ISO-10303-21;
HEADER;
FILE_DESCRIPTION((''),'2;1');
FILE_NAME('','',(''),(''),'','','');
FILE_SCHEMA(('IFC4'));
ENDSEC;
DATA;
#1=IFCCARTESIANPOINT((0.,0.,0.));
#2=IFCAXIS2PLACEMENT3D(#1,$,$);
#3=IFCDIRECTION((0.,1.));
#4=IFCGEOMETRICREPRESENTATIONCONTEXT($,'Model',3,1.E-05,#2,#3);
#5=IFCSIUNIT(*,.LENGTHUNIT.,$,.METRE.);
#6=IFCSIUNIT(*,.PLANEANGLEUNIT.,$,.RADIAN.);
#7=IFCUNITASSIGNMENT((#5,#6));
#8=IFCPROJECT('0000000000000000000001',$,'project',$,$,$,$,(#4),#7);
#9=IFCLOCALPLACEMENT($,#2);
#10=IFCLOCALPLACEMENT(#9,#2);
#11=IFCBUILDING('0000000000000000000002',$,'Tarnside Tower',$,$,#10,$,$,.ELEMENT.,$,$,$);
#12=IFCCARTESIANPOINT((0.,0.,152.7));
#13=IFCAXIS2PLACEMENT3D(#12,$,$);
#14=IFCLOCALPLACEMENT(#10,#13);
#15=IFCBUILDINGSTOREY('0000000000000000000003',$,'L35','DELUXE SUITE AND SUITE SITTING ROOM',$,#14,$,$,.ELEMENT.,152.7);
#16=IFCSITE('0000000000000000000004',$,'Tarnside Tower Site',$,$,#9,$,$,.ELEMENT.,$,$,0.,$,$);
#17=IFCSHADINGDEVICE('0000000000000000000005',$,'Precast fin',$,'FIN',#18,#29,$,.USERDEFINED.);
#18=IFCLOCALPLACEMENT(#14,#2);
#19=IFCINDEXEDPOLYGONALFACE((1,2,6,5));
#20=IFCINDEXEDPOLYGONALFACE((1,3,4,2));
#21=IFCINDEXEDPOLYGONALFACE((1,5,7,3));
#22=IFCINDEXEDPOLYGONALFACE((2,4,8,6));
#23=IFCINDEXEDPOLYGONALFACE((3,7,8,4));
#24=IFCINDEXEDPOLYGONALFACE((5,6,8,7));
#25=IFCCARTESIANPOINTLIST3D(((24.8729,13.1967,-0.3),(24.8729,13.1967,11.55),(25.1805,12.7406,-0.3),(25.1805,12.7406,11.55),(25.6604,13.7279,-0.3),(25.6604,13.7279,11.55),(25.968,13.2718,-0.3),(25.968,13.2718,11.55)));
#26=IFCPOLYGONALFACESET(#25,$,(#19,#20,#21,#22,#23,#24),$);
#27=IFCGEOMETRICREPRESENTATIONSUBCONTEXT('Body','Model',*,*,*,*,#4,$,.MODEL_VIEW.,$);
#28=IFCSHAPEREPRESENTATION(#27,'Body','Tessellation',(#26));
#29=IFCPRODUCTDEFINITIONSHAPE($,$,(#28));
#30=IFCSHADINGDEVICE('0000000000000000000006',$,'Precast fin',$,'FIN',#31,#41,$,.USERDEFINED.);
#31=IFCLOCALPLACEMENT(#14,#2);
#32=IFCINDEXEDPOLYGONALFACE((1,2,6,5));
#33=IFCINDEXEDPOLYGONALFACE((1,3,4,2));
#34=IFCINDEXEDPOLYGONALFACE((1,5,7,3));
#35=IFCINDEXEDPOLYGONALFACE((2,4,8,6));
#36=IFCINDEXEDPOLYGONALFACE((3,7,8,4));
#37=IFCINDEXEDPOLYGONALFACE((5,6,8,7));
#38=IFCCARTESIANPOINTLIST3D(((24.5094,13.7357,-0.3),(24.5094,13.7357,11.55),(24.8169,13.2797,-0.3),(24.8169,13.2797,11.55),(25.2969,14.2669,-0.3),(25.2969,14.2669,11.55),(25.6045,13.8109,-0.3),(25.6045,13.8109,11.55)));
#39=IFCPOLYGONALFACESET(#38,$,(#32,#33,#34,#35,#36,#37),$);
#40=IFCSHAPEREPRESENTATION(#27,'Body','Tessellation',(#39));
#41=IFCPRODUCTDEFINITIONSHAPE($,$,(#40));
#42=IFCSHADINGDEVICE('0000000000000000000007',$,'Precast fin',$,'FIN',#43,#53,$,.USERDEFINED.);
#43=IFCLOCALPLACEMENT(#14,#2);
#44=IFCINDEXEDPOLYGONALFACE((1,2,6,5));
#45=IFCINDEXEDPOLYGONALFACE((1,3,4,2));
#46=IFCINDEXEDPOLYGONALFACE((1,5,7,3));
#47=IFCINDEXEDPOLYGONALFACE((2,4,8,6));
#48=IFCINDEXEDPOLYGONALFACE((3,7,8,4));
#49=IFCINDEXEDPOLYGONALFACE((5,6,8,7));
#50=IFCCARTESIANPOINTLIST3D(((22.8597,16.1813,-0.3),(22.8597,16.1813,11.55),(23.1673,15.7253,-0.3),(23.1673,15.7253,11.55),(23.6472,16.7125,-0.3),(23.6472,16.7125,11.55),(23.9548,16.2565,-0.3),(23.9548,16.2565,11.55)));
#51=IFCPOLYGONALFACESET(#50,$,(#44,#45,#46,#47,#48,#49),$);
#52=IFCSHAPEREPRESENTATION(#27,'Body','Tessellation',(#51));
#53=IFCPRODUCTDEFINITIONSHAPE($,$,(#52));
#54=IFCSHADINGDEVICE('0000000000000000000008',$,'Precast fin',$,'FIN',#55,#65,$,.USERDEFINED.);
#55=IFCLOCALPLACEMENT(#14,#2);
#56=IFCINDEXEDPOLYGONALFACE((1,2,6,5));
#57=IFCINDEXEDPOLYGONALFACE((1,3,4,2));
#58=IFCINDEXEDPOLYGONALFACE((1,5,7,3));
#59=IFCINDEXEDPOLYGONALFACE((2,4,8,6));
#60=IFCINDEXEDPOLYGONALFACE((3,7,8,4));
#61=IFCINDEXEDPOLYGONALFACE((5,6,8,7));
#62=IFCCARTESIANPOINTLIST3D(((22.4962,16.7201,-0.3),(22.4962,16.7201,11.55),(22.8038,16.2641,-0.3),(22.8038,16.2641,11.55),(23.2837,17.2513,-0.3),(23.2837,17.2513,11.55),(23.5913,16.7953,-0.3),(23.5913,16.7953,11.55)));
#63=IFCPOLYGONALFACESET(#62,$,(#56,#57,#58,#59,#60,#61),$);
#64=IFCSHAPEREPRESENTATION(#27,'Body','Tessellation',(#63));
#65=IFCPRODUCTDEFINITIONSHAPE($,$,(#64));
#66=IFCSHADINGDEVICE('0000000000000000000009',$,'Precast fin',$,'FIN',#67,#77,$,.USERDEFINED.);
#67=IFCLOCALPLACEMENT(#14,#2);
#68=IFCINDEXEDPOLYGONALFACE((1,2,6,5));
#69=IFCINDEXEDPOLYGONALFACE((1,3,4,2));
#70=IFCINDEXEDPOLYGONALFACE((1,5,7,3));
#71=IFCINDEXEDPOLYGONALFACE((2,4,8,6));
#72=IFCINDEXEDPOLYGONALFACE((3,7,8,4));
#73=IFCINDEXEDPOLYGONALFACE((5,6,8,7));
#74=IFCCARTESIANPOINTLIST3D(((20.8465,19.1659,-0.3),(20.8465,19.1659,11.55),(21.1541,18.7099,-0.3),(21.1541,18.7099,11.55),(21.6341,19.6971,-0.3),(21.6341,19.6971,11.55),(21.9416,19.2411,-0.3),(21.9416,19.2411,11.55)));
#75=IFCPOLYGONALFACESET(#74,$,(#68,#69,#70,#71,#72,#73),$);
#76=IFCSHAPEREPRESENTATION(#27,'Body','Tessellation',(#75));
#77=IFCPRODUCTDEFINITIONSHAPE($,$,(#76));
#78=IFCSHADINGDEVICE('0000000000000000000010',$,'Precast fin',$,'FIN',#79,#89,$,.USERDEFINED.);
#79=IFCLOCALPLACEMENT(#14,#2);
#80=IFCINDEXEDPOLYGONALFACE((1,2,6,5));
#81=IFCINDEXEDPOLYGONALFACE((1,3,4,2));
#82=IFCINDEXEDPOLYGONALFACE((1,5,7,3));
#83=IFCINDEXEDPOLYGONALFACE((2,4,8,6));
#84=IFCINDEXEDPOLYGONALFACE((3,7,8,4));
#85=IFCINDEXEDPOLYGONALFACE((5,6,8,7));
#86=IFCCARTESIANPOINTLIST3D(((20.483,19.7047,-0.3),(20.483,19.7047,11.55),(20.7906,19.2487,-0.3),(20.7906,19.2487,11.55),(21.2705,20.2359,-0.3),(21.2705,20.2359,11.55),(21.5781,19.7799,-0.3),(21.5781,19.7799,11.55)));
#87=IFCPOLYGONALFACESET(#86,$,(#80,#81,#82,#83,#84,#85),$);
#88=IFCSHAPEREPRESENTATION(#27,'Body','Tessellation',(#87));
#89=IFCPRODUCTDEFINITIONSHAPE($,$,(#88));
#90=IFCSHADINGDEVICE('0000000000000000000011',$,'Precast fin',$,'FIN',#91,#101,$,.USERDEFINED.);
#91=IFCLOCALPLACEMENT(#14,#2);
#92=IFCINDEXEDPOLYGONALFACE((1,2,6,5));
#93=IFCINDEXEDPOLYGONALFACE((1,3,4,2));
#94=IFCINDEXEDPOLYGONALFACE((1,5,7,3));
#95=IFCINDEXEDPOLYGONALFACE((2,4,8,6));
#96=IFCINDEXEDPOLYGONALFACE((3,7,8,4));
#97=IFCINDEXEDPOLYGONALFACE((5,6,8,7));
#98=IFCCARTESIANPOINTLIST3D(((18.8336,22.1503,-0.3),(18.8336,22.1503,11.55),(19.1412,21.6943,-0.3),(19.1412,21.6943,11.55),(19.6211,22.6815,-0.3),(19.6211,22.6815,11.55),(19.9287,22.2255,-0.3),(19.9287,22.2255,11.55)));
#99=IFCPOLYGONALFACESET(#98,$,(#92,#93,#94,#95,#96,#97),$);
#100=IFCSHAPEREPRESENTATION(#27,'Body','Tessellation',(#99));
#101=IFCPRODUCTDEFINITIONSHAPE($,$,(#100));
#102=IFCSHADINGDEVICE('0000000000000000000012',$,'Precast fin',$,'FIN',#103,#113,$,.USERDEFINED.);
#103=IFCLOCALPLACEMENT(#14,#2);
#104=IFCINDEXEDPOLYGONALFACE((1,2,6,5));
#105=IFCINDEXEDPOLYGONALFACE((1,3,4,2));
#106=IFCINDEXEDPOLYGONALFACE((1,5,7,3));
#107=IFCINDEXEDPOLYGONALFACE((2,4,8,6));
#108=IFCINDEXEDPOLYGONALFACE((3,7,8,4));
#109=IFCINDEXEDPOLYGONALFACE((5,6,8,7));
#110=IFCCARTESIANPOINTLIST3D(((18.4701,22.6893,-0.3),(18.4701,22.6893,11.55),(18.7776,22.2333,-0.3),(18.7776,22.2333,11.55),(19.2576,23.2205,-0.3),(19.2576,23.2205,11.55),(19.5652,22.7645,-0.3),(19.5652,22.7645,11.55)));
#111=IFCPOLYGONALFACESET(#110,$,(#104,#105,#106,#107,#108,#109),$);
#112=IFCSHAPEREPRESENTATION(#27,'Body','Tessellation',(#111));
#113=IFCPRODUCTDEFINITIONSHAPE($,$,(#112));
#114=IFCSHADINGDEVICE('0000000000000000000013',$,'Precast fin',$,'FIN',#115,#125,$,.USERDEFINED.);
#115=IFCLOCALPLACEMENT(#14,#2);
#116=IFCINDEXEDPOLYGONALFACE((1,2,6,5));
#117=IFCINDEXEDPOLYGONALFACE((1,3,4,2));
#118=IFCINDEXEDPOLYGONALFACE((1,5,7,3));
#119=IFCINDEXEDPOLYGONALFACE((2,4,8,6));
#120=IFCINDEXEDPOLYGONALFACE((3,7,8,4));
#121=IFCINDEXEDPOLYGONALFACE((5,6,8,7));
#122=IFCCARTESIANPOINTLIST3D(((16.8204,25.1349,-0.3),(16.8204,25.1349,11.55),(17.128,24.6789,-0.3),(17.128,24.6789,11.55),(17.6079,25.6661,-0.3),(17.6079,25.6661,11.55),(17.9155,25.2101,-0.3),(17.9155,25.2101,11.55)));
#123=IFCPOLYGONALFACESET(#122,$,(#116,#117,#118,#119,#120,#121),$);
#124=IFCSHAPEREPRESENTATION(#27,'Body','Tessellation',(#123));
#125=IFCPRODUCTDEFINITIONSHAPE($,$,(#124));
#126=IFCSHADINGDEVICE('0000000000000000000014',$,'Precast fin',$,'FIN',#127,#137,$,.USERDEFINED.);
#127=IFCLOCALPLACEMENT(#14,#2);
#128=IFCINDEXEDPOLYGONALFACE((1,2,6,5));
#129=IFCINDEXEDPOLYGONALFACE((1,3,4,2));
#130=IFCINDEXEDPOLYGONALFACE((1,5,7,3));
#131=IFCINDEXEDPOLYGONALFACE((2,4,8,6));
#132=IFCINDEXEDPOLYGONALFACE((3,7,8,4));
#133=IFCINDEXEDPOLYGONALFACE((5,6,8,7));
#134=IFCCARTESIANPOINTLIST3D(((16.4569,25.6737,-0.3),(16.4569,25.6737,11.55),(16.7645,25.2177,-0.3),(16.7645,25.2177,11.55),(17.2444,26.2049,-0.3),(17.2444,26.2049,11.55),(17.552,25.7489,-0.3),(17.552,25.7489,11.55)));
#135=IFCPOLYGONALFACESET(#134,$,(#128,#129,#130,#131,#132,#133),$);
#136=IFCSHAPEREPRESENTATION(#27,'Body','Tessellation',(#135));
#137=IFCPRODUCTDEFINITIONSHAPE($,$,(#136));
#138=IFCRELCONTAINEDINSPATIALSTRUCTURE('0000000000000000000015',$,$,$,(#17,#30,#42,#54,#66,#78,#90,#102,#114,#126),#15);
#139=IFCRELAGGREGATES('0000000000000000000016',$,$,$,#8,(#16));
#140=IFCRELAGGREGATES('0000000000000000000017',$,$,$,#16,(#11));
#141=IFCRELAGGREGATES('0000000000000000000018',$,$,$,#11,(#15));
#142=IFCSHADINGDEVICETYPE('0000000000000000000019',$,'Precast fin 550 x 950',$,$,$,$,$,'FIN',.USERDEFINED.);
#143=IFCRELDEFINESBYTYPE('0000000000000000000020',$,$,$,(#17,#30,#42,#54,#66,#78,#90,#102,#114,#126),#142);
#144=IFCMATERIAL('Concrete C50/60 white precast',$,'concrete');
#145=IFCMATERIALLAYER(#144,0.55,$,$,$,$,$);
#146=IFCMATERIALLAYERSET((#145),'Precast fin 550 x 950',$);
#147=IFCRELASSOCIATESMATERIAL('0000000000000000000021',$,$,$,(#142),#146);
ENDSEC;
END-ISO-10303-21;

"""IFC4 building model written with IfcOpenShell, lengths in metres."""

from ifc_helpers import new_model, si_unit, direction, frame, origin, place, context, subcontext, project, spatial, polyline, outline, extrude, material, layer, layer_set, type_object, element, save


model = new_model("IFC4")

# Units and contexts
model_context = context("Model", 3, precision=1e-05, world=origin(), true_north=direction((0.0, 1.0)))
body_context = subcontext(model_context, "Body", "Model", "MODEL_VIEW")
ifc_project = project(units=[si_unit("LENGTHUNIT", "METRE"), si_unit("PLANEANGLEUNIT", "RADIAN")], contexts=[model_context])

# Site, building, storey
site_placement = place(None, origin())
site = spatial("IfcSite", under=ifc_project, at=site_placement, Name="Tarnside Tower Site", CompositionType="ELEMENT", RefElevation=0.0)
building_placement = place(site_placement, origin())
building = spatial("IfcBuilding", under=site, at=building_placement, Name="Tarnside Tower", CompositionType="ELEMENT")
storey_placement = place(building_placement, frame((0.0, 0.0, 152.7)))
storey = spatial("IfcBuildingStorey", under=building, at=storey_placement, Name="L35", Description="DELUXE SUITE AND SUITE SITTING ROOM", CompositionType="ELEMENT", Elevation=152.7)

# Shading devices
ifc_material_1 = material(Name="Concrete C50/60 white precast", Category="concrete")
ifc_layer_1 = layer(ifc_material_1, 0.55)
ifc_layer_set_1 = layer_set([ifc_layer_1], Name="Precast fin 550 x 950")
shading_device_type_1 = type_object("IfcShadingDeviceType", Name="Precast fin 550 x 950", ElementType="FIN", PredefinedType="USERDEFINED", material=ifc_layer_set_1)
for number, where, z_axis, x_axis, name in (
    (1, (25.0266, 12.9688, -0.3), (0.559193, -0.829038, 0.0), (0.829038, 0.559193, 0.0), "Precast fin"),
    (2, (24.6631, 13.5078, -0.3), (0.559193, -0.829038, 0.0), (0.829038, 0.559193, 0.0), "Precast fin"),
    (3, (23.0134, 15.9534, -0.3), (0.559193, -0.829038, 0.0), (0.829038, 0.559193, 0.0), "Precast fin"),
    (4, (22.6499, 16.4922, -0.3), (0.559193, -0.829038, 0.0), (0.829038, 0.559193, 0.0), "Precast fin"),
    (5, (21.0002, 18.938, -0.3), (0.559193, -0.829038, 0.0), (0.829038, 0.559193, 0.0), "Precast fin"),
    (6, (20.6367, 19.4768, -0.3), (0.559193, -0.829038, 0.0), (0.829038, 0.559193, 0.0), "Precast fin"),
    (7, (18.9873, 21.9224, -0.3), (0.559193, -0.829038, 0.0), (0.829038, 0.559193, 0.0), "Precast fin"),
    (8, (18.6238, 22.4614, -0.3), (0.559193, -0.829038, 0.0), (0.829038, 0.559193, 0.0), "Precast fin"),
    (9, (16.9741, 24.907, -0.3), (0.559193, -0.829038, 0.0), (0.829038, 0.559193, 0.0), "Precast fin"),
    (10, (16.6106, 25.4458, -0.3), (0.559193, -0.829038, 0.0), (0.829038, 0.559193, 0.0), "Precast fin"),
):
    element("IfcShadingDevice", number, at=place(storey_placement, frame(where, z_axis=z_axis, x_axis=x_axis)), inside=storey, type_object=shading_device_type_1, Name=name, ObjectType="FIN", PredefinedType="USERDEFINED", context=body_context, shape_type="SweptSolid", body=[
        extrude(outline(polyline([(0.0, 0.0), (0.95, 0.0), (0.95, 11.8501), (0.0, 11.8501), (0.0, 0.0)])), frame((0.0, 0.0, -0.2749)), (0.0, 0.0, 1.0), 0.55),
    ])

save(model, "model.ifc")
